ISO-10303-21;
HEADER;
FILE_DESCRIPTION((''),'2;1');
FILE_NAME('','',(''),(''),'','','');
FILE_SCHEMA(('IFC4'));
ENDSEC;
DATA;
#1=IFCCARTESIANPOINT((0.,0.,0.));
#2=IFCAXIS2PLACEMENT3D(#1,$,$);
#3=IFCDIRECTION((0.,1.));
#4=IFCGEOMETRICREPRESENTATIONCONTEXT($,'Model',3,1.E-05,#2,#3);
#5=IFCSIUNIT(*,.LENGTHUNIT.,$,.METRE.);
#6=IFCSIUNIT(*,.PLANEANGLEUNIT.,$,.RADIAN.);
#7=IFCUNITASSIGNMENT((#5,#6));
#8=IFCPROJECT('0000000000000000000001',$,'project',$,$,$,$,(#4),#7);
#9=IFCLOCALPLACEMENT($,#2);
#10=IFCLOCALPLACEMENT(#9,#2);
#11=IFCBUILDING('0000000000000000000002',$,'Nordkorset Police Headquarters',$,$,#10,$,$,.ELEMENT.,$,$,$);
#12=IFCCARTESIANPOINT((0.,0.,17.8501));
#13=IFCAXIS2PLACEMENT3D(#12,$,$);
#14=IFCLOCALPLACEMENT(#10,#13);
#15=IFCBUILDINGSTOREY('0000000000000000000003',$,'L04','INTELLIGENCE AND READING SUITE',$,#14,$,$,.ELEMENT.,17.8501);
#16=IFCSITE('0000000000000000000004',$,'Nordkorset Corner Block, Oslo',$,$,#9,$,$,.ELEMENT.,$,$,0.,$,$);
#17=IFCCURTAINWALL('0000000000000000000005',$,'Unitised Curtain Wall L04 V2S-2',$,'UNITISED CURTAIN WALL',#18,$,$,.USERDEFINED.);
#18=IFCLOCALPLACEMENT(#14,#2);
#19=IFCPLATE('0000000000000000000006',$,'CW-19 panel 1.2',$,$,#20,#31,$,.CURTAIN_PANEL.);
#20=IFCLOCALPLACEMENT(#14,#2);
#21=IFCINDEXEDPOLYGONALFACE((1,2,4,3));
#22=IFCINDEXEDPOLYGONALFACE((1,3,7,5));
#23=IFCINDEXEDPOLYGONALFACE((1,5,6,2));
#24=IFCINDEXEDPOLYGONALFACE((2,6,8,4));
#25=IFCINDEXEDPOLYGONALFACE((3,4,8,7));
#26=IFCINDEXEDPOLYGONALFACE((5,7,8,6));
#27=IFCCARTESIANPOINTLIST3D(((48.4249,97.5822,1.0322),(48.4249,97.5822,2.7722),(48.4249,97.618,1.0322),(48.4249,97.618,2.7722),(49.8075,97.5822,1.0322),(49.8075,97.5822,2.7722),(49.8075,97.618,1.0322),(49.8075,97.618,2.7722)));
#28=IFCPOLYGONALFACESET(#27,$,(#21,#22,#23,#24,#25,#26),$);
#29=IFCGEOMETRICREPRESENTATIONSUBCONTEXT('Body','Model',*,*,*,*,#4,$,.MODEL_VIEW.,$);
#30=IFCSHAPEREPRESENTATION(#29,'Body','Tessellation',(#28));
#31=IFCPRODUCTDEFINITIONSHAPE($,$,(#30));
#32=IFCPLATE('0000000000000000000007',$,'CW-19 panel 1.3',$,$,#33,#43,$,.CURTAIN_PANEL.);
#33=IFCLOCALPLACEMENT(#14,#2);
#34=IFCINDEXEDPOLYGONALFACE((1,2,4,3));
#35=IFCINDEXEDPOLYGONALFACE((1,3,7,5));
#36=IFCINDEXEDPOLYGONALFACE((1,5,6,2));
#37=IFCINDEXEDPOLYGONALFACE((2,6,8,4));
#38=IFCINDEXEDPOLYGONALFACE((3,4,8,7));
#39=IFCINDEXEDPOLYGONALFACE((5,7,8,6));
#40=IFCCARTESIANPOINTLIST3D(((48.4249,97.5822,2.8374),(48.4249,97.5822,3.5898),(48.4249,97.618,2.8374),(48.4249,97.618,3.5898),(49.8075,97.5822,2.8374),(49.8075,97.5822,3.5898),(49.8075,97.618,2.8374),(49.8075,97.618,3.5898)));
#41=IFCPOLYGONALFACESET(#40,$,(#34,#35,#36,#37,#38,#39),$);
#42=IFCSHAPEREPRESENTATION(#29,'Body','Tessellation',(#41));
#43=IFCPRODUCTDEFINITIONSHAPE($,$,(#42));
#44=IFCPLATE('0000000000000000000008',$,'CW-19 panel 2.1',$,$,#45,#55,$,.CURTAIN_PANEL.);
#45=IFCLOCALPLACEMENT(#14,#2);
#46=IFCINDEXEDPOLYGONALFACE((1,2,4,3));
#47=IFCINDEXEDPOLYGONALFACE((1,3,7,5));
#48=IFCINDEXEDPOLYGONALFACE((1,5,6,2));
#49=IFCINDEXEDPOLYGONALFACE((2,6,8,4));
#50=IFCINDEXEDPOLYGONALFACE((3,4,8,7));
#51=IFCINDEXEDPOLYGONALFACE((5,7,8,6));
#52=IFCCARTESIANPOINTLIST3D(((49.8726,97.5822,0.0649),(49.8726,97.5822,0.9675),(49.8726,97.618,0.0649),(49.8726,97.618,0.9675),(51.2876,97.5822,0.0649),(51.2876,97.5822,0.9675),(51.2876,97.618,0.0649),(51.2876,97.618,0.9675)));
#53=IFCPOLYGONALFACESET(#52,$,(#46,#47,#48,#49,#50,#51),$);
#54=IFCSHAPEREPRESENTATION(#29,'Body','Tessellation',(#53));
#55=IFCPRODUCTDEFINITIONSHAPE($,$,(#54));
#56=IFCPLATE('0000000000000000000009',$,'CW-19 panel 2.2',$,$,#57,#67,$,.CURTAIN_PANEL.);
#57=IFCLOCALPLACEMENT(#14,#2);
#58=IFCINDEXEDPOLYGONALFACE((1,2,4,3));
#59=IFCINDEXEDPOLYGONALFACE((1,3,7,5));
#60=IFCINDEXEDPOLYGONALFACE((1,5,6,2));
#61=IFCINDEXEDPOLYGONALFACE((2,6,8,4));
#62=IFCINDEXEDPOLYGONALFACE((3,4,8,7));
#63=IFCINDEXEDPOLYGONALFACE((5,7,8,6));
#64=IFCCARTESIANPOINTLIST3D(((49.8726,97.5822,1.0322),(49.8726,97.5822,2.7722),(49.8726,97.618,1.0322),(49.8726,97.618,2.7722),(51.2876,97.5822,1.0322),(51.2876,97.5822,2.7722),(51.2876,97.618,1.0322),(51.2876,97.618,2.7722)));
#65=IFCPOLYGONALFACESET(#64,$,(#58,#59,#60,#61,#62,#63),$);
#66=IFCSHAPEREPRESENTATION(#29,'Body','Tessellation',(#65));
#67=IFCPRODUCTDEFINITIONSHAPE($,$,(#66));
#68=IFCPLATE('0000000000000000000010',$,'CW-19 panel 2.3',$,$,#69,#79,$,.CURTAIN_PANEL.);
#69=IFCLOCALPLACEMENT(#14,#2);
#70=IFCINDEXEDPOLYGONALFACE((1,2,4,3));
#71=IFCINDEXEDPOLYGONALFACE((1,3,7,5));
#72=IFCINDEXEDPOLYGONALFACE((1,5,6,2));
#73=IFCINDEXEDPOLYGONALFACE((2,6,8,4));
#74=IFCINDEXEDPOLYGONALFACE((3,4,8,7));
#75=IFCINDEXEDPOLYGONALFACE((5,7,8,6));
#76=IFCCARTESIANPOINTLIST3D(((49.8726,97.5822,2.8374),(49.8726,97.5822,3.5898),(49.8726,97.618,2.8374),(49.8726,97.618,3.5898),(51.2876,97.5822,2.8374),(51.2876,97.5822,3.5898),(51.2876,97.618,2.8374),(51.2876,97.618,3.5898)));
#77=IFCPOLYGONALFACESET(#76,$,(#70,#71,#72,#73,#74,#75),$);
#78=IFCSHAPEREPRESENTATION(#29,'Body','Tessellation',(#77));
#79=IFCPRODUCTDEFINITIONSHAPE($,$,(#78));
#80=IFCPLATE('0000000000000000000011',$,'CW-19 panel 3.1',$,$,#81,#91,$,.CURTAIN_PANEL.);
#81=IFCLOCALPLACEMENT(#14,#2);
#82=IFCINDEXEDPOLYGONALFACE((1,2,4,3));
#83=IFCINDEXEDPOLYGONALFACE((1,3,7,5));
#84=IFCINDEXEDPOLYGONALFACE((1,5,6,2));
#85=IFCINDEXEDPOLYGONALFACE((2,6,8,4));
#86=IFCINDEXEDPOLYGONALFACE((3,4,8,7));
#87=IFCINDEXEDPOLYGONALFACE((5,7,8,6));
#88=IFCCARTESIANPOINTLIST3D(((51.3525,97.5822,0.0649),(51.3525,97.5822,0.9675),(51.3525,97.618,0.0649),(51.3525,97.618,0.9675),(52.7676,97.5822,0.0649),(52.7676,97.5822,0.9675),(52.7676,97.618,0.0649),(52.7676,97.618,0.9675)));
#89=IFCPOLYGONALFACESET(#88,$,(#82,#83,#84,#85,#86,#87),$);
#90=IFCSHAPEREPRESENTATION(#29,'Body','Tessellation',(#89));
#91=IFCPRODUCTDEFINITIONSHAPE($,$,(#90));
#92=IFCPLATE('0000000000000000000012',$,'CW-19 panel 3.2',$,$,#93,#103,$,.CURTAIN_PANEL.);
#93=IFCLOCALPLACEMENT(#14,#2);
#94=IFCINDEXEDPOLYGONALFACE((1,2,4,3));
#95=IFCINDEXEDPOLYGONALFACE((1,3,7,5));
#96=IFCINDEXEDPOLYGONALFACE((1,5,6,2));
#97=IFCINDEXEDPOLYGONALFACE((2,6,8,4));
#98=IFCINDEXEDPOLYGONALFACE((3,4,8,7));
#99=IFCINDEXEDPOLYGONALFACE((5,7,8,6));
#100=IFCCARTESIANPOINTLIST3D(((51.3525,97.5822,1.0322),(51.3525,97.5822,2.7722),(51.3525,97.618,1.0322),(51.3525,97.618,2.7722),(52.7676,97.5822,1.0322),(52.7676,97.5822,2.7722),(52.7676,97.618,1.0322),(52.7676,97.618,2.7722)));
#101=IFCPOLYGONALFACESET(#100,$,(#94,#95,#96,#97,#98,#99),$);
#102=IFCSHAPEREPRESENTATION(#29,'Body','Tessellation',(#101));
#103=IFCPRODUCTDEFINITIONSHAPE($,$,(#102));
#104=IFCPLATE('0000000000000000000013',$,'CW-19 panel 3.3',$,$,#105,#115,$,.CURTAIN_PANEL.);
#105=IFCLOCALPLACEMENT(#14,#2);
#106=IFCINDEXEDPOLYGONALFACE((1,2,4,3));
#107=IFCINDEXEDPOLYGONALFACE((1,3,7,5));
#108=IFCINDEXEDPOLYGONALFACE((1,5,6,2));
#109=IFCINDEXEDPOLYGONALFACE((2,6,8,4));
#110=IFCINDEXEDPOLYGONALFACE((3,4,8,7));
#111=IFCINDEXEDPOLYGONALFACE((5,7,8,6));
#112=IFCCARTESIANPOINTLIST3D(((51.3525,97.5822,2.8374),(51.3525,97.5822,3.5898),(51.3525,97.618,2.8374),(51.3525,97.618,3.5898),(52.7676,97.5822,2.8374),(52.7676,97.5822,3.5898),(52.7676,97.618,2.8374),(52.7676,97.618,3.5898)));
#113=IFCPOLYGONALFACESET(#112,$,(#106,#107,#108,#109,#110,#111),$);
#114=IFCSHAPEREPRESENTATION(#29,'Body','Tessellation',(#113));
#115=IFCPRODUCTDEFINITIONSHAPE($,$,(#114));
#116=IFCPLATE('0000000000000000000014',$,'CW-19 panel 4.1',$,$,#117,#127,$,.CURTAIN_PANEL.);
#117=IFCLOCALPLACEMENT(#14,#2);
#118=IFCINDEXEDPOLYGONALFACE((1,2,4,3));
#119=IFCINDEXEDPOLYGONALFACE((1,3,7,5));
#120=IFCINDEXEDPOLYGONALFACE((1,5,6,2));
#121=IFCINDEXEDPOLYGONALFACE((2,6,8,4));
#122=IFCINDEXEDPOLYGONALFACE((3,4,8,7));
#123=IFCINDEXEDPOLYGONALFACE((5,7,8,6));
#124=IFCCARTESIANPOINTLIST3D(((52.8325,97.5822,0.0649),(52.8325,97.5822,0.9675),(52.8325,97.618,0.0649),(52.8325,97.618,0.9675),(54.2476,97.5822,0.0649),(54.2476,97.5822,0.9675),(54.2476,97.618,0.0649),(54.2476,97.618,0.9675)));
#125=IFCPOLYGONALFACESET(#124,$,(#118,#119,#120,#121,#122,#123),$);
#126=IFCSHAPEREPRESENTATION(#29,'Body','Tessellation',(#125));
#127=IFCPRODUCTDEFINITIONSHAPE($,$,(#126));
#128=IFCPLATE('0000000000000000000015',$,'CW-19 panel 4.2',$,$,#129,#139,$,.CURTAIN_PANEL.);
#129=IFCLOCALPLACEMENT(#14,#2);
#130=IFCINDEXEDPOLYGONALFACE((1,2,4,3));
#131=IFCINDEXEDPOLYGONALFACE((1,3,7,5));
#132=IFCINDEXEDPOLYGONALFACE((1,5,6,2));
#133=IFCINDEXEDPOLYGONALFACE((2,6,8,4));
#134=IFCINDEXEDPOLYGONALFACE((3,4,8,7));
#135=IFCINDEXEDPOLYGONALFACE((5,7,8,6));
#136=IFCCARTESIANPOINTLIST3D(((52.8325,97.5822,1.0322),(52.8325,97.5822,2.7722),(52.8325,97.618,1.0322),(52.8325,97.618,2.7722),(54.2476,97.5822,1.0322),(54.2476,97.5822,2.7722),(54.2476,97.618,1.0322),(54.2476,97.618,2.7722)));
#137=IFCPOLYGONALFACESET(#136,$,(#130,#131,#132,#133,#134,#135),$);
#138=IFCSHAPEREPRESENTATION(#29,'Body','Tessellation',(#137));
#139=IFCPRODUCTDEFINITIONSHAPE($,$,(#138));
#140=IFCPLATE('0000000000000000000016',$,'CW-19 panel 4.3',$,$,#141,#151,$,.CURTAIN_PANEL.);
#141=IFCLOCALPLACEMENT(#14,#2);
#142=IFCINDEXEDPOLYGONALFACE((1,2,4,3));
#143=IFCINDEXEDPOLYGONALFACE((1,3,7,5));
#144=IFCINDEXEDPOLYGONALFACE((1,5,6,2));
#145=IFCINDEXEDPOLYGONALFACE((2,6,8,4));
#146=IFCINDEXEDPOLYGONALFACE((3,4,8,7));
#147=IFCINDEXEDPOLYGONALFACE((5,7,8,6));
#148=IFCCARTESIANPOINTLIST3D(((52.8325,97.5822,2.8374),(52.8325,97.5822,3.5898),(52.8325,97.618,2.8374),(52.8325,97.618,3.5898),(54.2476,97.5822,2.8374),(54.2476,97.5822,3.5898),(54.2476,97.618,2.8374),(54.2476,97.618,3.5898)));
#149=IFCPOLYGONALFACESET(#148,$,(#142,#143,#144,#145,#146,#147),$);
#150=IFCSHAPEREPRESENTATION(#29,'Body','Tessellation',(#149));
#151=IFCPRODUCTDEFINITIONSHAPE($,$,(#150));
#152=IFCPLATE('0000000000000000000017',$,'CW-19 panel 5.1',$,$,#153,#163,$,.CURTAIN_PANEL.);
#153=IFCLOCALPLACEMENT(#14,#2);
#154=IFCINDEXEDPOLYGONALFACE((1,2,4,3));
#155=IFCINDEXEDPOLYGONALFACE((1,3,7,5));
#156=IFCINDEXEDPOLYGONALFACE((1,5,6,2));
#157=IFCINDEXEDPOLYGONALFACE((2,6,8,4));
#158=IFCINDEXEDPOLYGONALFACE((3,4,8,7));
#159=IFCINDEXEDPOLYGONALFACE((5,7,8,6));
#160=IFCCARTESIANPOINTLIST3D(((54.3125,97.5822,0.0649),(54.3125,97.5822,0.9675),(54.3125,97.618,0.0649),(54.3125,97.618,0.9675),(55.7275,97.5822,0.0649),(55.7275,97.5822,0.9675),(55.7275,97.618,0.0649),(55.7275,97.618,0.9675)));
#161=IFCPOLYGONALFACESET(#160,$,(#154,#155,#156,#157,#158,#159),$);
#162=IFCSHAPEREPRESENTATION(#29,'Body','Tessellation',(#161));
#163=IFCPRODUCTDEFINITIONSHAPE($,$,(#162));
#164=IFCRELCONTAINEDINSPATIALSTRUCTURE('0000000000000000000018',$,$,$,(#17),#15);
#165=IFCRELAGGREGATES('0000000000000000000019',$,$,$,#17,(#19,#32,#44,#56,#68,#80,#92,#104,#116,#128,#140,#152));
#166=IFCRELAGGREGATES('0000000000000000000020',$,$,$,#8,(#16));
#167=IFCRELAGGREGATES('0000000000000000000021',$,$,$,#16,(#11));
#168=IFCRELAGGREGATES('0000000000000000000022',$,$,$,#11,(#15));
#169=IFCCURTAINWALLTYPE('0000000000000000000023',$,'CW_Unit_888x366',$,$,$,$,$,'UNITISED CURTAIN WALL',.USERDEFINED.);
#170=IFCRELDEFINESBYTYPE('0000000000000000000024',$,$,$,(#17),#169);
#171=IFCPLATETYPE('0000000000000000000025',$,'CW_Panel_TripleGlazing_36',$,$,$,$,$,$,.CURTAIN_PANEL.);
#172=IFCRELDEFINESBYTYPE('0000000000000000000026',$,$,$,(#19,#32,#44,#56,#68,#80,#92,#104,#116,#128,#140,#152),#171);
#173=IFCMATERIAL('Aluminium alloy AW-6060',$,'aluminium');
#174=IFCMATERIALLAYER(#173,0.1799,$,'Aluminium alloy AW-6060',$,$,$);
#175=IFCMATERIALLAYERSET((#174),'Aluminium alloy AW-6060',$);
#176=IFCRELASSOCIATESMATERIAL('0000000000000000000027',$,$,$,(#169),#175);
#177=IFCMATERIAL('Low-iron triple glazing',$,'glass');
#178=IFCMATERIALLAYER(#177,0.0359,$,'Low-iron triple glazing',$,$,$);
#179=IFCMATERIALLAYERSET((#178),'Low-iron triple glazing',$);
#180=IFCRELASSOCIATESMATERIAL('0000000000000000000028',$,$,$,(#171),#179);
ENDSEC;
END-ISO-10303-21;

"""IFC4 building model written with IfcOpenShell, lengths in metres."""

from ifc_helpers import new_model, si_unit, direction, frame, origin, origin_2d, place, context, subcontext, project, spatial, rectangle, extrude, material, layer, layer_set, type_object, element, aggregate, save


model = new_model("IFC4")

# Units and contexts
model_context = context("Model", 3, precision=1e-05, world=origin(), true_north=direction((0.0, 1.0)))
body_context = subcontext(model_context, "Body", "Model", "MODEL_VIEW")
ifc_project = project(units=[si_unit("LENGTHUNIT", "METRE"), si_unit("PLANEANGLEUNIT", "RADIAN")], contexts=[model_context])

# Site, building, storey
site_placement = place(None, origin())
site = spatial("IfcSite", under=ifc_project, at=site_placement, Name="Nordkorset Corner Block, Oslo", CompositionType="ELEMENT", RefElevation=0.0)
building_placement = place(site_placement, origin())
building = spatial("IfcBuilding", under=site, at=building_placement, Name="Nordkorset Police Headquarters", CompositionType="ELEMENT")
storey_placement = place(building_placement, frame((0.0, 0.0, 17.8501)))
storey = spatial("IfcBuildingStorey", under=building, at=storey_placement, Name="L04", Description="INTELLIGENCE AND READING SUITE", CompositionType="ELEMENT", Elevation=17.8501)

# Curtain wall
ifc_material_1 = material(Name="Aluminium alloy AW-6060", Category="aluminium")
ifc_layer_1 = layer(ifc_material_1, 0.1799, Name="Aluminium alloy AW-6060")
ifc_layer_set_1 = layer_set([ifc_layer_1], Name="Aluminium alloy AW-6060")
curtain_wall_type = type_object("IfcCurtainWallType", Name="CW_Unit_888x366", ElementType="UNITISED CURTAIN WALL", PredefinedType="USERDEFINED", material=ifc_layer_set_1)
curtain_wall_placement = place(storey_placement, origin())
curtain_wall = element("IfcCurtainWall", 1, at=curtain_wall_placement, inside=storey, type_object=curtain_wall_type, Name="Unitised Curtain Wall L04 V2S-2", ObjectType="UNITISED CURTAIN WALL", PredefinedType="USERDEFINED")

# Plates
ifc_material_2 = material(Name="Low-iron triple glazing", Category="glass")
ifc_layer_2 = layer(ifc_material_2, 0.0359, Name="Low-iron triple glazing")
ifc_layer_set_2 = layer_set([ifc_layer_2], Name="Low-iron triple glazing")
plate_type = type_object("IfcPlateType", Name="CW_Panel_TripleGlazing_36", PredefinedType="CURTAIN_PANEL", material=ifc_layer_set_2)
plate_1_placement = place(storey_placement, frame((49.1162, 97.6001, 1.0322), z_axis=(0.0, 0.0, 1.0), x_axis=(1.0, 0.0, 0.0)))
plate_1 = element("IfcPlate", 2, at=plate_1_placement, type_object=plate_type, Name="CW-19 panel 1.2", PredefinedType="CURTAIN_PANEL", context=body_context, shape_type="SweptSolid", body=[
    extrude(rectangle(XDim=1.3826, YDim=0.0359, at=origin_2d()), origin(), (0.0, 0.0, 1.0), 1.74),
])
plate_2_placement = place(storey_placement, frame((49.1162, 97.6001, 2.8374), z_axis=(0.0, 0.0, 1.0), x_axis=(1.0, 0.0, 0.0)))
plate_2 = element("IfcPlate", 3, at=plate_2_placement, type_object=plate_type, Name="CW-19 panel 1.3", PredefinedType="CURTAIN_PANEL", context=body_context, shape_type="SweptSolid", body=[
    extrude(rectangle(XDim=1.3826, YDim=0.0359, at=origin_2d()), origin(), (0.0, 0.0, 1.0), 0.7524),
])
plate_3_placement = place(storey_placement, frame((50.5801, 97.6001, 0.0649), z_axis=(0.0, 0.0, 1.0), x_axis=(1.0, 0.0, 0.0)))
plate_3 = element("IfcPlate", 4, at=plate_3_placement, type_object=plate_type, Name="CW-19 panel 2.1", PredefinedType="CURTAIN_PANEL", context=body_context, shape_type="SweptSolid", body=[
    extrude(rectangle(XDim=1.415, YDim=0.0359, at=origin_2d()), origin(), (0.0, 0.0, 1.0), 0.9026),
])
plate_4_placement = place(storey_placement, frame((50.5801, 97.6001, 1.0322), z_axis=(0.0, 0.0, 1.0), x_axis=(1.0, 0.0, 0.0)))
plate_4 = element("IfcPlate", 5, at=plate_4_placement, type_object=plate_type, Name="CW-19 panel 2.2", PredefinedType="CURTAIN_PANEL", context=body_context, shape_type="SweptSolid", body=[
    extrude(rectangle(XDim=1.415, YDim=0.0359, at=origin_2d()), origin(), (0.0, 0.0, 1.0), 1.74),
])
plate_5_placement = place(storey_placement, frame((50.5801, 97.6001, 2.8374), z_axis=(0.0, 0.0, 1.0), x_axis=(1.0, 0.0, 0.0)))
plate_5 = element("IfcPlate", 6, at=plate_5_placement, type_object=plate_type, Name="CW-19 panel 2.3", PredefinedType="CURTAIN_PANEL", context=body_context, shape_type="SweptSolid", body=[
    extrude(rectangle(XDim=1.415, YDim=0.0359, at=origin_2d()), origin(), (0.0, 0.0, 1.0), 0.7524),
])
plate_6_placement = place(storey_placement, frame((52.0601, 97.6001, 0.0649), z_axis=(0.0, 0.0, 1.0), x_axis=(1.0, 0.0, 0.0)))
plate_6 = element("IfcPlate", 7, at=plate_6_placement, type_object=plate_type, Name="CW-19 panel 3.1", PredefinedType="CURTAIN_PANEL", context=body_context, shape_type="SweptSolid", body=[
    extrude(rectangle(XDim=1.415, YDim=0.0359, at=origin_2d()), origin(), (0.0, 0.0, 1.0), 0.9026),
])
plate_7_placement = place(storey_placement, frame((52.0601, 97.6001, 1.0322), z_axis=(0.0, 0.0, 1.0), x_axis=(1.0, 0.0, 0.0)))
plate_7 = element("IfcPlate", 8, at=plate_7_placement, type_object=plate_type, Name="CW-19 panel 3.2", PredefinedType="CURTAIN_PANEL", context=body_context, shape_type="SweptSolid", body=[
    extrude(rectangle(XDim=1.415, YDim=0.0359, at=origin_2d()), origin(), (0.0, 0.0, 1.0), 1.74),
])
plate_8_placement = place(storey_placement, frame((52.0601, 97.6001, 2.8374), z_axis=(0.0, 0.0, 1.0), x_axis=(1.0, 0.0, 0.0)))
plate_8 = element("IfcPlate", 9, at=plate_8_placement, type_object=plate_type, Name="CW-19 panel 3.3", PredefinedType="CURTAIN_PANEL", context=body_context, shape_type="SweptSolid", body=[
    extrude(rectangle(XDim=1.415, YDim=0.0359, at=origin_2d()), origin(), (0.0, 0.0, 1.0), 0.7524),
])
plate_9_placement = place(storey_placement, frame((53.54, 97.6001, 0.0649), z_axis=(0.0, 0.0, 1.0), x_axis=(1.0, 0.0, 0.0)))
plate_9 = element("IfcPlate", 10, at=plate_9_placement, type_object=plate_type, Name="CW-19 panel 4.1", PredefinedType="CURTAIN_PANEL", context=body_context, shape_type="SweptSolid", body=[
    extrude(rectangle(XDim=1.415, YDim=0.0359, at=origin_2d()), origin(), (0.0, 0.0, 1.0), 0.9026),
])
plate_10_placement = place(storey_placement, frame((53.54, 97.6001, 1.0322), z_axis=(0.0, 0.0, 1.0), x_axis=(1.0, 0.0, 0.0)))
plate_10 = element("IfcPlate", 11, at=plate_10_placement, type_object=plate_type, Name="CW-19 panel 4.2", PredefinedType="CURTAIN_PANEL", context=body_context, shape_type="SweptSolid", body=[
    extrude(rectangle(XDim=1.415, YDim=0.0359, at=origin_2d()), origin(), (0.0, 0.0, 1.0), 1.74),
])
plate_11_placement = place(storey_placement, frame((53.54, 97.6001, 2.8374), z_axis=(0.0, 0.0, 1.0), x_axis=(1.0, 0.0, 0.0)))
plate_11 = element("IfcPlate", 12, at=plate_11_placement, type_object=plate_type, Name="CW-19 panel 4.3", PredefinedType="CURTAIN_PANEL", context=body_context, shape_type="SweptSolid", body=[
    extrude(rectangle(XDim=1.415, YDim=0.0359, at=origin_2d()), origin(), (0.0, 0.0, 1.0), 0.7524),
])
plate_12_placement = place(storey_placement, frame((55.02, 97.6001, 0.0649), z_axis=(0.0, 0.0, 1.0), x_axis=(1.0, 0.0, 0.0)))
plate_12 = element("IfcPlate", 13, at=plate_12_placement, type_object=plate_type, Name="CW-19 panel 5.1", PredefinedType="CURTAIN_PANEL", context=body_context, shape_type="SweptSolid", body=[
    extrude(rectangle(XDim=1.415, YDim=0.0359, at=origin_2d()), origin(), (0.0, 0.0, 1.0), 0.9026),
])
aggregate(curtain_wall, [plate_1, plate_2, plate_3, plate_4, plate_5, plate_6, plate_7, plate_8, plate_9, plate_10, plate_11, plate_12])

save(model, "model.ifc")
